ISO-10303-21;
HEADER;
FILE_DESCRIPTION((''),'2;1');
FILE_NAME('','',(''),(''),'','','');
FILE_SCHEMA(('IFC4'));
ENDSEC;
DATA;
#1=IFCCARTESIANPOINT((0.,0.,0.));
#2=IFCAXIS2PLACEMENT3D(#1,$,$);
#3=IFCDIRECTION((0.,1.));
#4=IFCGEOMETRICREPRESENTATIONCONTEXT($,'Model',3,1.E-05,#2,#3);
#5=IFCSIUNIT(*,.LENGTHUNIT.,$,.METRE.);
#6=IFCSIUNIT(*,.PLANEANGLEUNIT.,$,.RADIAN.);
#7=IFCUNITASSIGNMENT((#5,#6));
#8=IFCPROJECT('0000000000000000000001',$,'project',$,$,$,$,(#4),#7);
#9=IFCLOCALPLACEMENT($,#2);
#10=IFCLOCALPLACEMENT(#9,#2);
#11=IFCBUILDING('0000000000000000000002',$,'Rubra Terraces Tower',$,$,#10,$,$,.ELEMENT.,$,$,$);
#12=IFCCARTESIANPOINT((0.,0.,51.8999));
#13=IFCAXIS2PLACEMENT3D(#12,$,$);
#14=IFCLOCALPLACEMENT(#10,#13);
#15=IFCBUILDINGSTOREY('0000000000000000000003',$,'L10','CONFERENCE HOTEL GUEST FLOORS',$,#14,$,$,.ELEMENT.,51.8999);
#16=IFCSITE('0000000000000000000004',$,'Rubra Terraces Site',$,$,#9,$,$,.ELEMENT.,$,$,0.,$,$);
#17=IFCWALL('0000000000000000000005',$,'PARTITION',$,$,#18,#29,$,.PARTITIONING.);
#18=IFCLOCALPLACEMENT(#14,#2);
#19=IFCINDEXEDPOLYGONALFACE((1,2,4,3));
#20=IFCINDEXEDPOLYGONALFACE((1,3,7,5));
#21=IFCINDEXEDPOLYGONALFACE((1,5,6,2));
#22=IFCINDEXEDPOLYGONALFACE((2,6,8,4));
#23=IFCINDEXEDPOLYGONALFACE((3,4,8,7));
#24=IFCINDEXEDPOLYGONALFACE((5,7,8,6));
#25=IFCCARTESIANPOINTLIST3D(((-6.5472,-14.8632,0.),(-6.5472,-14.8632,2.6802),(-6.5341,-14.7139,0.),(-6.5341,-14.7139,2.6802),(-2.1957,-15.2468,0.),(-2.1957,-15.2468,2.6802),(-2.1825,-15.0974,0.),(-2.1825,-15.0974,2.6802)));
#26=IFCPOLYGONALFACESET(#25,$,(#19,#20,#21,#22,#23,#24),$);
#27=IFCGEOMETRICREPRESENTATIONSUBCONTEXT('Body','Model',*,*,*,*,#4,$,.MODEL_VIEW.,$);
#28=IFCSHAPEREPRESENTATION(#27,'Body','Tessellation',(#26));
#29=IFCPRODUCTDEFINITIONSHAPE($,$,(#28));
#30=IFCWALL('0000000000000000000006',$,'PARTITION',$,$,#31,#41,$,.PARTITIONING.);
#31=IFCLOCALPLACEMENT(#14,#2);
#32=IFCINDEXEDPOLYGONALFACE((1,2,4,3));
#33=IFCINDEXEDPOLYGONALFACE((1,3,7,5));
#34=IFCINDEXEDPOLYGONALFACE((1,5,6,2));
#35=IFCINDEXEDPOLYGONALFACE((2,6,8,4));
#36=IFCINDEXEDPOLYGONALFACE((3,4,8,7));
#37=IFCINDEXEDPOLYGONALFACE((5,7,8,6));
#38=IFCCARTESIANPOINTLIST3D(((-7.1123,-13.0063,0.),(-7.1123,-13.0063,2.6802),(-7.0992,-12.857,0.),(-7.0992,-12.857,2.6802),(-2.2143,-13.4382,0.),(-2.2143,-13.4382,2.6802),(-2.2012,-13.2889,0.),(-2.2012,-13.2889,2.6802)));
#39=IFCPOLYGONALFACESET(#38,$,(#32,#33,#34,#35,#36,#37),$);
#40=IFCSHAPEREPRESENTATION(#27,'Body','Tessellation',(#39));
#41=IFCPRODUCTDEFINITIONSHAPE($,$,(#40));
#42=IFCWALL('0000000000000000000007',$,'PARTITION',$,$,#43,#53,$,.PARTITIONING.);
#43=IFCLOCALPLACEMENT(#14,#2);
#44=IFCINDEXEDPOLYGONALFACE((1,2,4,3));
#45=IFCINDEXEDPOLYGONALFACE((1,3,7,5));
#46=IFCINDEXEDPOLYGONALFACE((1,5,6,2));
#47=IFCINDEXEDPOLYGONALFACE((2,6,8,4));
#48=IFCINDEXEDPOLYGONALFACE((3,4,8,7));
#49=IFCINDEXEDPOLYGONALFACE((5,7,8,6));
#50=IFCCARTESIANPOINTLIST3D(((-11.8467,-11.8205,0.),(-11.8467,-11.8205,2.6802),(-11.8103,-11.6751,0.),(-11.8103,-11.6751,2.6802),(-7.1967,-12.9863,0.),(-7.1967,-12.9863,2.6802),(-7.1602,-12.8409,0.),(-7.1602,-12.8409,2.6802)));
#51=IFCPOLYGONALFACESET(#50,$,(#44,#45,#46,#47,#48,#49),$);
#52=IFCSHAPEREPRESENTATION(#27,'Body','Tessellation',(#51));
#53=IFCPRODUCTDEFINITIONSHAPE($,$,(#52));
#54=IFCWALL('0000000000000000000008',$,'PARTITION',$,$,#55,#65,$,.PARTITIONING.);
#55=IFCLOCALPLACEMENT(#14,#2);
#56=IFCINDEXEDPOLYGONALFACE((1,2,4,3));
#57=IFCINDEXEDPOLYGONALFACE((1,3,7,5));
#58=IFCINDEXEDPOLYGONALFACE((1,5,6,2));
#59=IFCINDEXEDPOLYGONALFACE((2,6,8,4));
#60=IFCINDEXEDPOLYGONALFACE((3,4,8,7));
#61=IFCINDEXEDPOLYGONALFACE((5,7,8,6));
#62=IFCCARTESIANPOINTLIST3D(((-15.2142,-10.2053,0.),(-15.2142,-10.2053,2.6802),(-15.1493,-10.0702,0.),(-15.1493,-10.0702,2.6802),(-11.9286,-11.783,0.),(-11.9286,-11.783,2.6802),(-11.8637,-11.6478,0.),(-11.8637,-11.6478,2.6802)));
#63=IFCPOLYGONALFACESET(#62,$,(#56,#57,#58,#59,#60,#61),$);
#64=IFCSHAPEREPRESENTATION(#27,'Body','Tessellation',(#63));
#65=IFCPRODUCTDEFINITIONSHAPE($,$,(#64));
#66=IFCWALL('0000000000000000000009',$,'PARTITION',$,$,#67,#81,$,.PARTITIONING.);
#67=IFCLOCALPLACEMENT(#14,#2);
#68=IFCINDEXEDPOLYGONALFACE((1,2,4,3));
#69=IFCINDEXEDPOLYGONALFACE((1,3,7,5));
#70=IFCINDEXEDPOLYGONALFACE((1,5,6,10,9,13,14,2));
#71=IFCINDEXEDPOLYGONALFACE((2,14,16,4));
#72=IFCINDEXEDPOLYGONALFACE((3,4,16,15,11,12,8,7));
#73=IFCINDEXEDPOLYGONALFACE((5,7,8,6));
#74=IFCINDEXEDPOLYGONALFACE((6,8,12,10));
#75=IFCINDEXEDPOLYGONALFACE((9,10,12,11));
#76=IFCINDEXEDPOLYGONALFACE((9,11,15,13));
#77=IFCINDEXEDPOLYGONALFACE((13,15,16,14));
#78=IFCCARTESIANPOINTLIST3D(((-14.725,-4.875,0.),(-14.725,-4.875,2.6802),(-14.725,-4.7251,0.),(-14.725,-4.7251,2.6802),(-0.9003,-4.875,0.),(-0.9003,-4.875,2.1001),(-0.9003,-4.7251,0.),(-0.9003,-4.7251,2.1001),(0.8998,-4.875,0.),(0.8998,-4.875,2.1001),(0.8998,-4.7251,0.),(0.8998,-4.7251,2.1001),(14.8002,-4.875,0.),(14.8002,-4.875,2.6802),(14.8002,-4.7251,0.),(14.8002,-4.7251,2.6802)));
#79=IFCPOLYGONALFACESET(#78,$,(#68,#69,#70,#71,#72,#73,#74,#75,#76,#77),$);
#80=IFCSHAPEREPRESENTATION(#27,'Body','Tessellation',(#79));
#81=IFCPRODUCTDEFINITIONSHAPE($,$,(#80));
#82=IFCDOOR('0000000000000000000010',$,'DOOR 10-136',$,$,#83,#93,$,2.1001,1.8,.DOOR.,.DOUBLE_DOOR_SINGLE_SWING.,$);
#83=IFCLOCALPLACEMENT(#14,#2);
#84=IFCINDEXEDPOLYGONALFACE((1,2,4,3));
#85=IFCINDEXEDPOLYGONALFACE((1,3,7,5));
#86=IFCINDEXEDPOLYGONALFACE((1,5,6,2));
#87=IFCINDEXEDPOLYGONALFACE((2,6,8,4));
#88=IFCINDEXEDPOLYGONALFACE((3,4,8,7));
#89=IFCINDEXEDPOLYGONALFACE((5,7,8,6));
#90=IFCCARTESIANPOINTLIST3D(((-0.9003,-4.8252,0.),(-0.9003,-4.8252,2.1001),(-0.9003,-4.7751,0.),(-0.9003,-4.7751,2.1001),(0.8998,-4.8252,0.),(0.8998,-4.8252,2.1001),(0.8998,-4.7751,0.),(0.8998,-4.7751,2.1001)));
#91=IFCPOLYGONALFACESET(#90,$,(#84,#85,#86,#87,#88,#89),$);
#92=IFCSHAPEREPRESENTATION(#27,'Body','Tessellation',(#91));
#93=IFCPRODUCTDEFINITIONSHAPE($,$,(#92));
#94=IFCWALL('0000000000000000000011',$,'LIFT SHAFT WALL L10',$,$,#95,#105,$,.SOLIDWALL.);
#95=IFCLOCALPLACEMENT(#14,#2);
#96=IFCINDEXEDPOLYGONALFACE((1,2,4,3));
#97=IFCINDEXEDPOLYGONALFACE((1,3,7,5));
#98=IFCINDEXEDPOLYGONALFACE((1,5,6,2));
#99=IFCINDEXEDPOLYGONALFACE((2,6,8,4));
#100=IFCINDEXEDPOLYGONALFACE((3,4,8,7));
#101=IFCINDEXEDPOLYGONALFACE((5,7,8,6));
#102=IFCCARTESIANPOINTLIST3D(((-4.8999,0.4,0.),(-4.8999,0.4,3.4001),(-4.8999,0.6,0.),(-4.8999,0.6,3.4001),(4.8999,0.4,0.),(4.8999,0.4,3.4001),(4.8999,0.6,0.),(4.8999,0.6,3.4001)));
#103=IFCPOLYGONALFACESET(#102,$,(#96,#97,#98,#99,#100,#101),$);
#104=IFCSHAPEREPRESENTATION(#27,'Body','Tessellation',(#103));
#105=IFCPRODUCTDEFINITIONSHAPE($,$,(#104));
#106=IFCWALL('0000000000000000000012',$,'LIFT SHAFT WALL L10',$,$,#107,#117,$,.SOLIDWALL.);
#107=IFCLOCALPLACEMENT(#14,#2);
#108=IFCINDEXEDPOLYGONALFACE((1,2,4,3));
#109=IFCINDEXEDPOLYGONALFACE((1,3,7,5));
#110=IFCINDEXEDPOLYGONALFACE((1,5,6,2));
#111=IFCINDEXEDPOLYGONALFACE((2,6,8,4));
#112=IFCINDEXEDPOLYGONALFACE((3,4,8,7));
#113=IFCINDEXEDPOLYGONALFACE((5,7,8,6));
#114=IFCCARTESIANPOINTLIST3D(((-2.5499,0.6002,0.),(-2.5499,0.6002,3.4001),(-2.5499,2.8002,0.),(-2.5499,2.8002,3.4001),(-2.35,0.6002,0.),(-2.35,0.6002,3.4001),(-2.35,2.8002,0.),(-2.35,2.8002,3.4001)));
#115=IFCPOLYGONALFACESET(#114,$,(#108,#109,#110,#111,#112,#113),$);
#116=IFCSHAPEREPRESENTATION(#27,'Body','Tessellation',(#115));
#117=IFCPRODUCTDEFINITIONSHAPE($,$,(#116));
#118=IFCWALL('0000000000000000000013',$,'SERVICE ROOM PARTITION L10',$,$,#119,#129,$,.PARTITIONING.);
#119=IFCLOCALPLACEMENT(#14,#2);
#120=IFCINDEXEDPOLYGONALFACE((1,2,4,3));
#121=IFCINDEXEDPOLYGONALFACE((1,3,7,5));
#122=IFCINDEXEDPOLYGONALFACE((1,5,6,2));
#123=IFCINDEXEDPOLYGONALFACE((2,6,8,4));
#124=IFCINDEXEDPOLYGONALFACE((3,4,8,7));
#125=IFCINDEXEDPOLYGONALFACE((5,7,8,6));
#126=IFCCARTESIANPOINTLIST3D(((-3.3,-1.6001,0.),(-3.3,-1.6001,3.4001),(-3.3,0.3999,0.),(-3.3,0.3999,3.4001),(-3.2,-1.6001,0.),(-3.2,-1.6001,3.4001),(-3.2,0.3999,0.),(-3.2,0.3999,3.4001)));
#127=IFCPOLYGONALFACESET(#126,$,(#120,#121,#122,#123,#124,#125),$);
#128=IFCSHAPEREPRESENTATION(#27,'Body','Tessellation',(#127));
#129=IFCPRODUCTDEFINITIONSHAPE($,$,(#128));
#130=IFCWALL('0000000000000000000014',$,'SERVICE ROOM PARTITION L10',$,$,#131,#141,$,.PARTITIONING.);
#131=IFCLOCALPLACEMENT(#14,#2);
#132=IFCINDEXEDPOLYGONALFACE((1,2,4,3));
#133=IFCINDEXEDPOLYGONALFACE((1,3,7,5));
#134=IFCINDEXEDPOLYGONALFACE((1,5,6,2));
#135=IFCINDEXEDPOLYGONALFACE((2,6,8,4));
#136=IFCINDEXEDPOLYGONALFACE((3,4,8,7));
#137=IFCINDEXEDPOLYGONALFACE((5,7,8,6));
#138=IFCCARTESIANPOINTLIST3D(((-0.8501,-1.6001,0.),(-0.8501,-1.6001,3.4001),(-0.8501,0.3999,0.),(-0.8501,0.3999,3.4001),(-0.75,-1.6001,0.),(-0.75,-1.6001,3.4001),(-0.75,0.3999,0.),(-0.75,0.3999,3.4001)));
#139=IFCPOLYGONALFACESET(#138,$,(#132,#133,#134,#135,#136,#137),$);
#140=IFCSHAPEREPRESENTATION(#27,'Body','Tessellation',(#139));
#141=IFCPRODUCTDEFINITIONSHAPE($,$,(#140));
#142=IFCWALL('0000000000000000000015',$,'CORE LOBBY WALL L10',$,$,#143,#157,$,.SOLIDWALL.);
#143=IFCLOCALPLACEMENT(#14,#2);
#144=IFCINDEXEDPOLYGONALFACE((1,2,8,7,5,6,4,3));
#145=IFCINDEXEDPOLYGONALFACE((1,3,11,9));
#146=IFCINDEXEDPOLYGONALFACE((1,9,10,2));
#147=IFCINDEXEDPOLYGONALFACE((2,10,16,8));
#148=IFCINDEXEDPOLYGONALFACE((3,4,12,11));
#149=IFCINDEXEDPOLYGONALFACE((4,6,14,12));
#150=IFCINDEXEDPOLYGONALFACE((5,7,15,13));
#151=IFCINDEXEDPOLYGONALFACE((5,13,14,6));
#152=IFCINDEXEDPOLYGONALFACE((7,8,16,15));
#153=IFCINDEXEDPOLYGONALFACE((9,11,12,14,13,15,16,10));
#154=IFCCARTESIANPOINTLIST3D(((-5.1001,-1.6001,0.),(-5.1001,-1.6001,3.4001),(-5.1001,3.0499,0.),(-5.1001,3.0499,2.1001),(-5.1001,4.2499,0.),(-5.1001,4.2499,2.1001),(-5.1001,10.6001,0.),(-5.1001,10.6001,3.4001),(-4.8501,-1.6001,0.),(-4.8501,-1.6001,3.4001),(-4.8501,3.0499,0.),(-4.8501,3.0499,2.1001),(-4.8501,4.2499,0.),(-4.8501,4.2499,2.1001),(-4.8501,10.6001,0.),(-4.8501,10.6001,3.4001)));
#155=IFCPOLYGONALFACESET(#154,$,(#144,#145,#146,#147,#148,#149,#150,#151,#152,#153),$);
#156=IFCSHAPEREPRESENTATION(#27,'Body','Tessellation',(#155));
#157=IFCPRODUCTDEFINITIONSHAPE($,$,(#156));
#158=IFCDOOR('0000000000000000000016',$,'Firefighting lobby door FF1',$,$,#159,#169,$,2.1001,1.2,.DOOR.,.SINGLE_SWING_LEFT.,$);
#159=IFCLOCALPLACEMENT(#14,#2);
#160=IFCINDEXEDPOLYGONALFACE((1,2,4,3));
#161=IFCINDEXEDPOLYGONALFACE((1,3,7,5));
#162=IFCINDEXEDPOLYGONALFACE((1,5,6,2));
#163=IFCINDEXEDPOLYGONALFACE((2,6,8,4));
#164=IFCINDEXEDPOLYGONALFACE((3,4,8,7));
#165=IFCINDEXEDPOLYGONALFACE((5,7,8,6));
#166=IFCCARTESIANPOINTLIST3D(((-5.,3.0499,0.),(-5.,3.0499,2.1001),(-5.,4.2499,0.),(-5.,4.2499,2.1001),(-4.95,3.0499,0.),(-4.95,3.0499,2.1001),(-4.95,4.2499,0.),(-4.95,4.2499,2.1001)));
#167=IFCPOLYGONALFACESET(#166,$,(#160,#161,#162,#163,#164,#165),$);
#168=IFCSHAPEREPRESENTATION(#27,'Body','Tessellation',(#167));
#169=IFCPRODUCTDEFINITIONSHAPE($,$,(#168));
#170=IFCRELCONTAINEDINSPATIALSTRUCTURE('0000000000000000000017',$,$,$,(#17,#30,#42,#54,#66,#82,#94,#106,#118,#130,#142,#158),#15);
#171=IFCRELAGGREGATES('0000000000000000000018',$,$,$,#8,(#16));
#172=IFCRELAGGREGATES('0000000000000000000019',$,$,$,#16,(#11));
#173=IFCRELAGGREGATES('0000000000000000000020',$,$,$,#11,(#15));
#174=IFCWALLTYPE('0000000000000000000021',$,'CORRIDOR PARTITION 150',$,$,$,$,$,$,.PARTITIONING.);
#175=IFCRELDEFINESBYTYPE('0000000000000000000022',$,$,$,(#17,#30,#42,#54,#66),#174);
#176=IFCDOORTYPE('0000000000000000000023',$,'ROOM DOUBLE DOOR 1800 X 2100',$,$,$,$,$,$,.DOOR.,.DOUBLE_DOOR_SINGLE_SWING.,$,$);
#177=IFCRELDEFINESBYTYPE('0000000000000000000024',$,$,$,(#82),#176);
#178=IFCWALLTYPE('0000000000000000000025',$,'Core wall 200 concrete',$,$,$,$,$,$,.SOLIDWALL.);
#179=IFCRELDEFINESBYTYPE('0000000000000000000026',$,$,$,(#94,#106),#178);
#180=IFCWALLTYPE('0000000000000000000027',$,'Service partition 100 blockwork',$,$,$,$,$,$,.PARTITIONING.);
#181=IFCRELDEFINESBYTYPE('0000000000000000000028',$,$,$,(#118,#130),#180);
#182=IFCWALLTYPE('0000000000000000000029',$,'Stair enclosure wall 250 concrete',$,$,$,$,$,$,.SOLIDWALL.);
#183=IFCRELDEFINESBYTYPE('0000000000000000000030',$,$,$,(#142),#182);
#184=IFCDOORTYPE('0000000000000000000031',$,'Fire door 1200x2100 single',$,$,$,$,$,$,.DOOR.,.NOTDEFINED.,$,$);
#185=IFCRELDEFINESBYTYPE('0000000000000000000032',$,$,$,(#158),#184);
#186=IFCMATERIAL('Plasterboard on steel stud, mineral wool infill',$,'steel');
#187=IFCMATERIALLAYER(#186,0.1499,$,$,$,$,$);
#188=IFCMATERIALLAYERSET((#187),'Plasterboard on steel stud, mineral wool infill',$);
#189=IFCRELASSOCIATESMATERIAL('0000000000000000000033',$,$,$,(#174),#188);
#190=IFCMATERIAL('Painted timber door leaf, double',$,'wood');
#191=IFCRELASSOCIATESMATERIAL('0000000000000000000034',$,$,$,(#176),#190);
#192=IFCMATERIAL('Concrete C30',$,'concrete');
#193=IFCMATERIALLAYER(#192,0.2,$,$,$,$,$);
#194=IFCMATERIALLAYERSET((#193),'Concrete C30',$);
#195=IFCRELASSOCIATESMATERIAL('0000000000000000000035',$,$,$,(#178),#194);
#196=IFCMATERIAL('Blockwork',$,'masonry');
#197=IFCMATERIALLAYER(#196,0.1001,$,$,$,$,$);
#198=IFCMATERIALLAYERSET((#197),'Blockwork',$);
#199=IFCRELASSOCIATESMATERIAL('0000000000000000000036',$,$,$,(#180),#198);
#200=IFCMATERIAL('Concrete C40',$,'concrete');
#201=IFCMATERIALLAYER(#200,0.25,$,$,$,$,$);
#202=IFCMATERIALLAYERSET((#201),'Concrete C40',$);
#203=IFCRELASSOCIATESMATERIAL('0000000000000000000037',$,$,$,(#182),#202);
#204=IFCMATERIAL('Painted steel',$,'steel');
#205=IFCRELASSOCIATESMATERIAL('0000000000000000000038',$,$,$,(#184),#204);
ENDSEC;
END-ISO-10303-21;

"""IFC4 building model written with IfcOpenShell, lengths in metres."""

from ifc_helpers import new_model, si_unit, direction, frame, frame_2d, origin, place, context, subcontext, project, spatial, rectangle, extrude, material, layer, layer_set, type_object, element, fill, save


model = new_model("IFC4")

# Units and contexts
model_context = context("Model", 3, precision=1e-05, world=origin(), true_north=direction((0.0, 1.0)))
body_context = subcontext(model_context, "Body", "Model", "MODEL_VIEW")
ifc_project = project(units=[si_unit("LENGTHUNIT", "METRE"), si_unit("PLANEANGLEUNIT", "RADIAN")], contexts=[model_context])

# Site, building, storey
site_placement = place(None, origin())
site = spatial("IfcSite", under=ifc_project, at=site_placement, Name="Rubra Terraces Site", CompositionType="ELEMENT", RefElevation=0.0)
building_placement = place(site_placement, origin())
building = spatial("IfcBuilding", under=site, at=building_placement, Name="Rubra Terraces Tower", CompositionType="ELEMENT")
storey_placement = place(building_placement, frame((0.0, 0.0, 51.8999)))
storey = spatial("IfcBuildingStorey", under=building, at=storey_placement, Name="L10", Description="CONFERENCE HOTEL GUEST FLOORS", CompositionType="ELEMENT", Elevation=51.8999)

# Shared definitions
ifc_material_1 = material(Name="Concrete C40", Category="concrete")

# Shared definitions
ifc_material_2 = material(Name="Painted steel", Category="steel")

# Shared definitions
ifc_material_3 = material(Name="Plasterboard on steel stud, mineral wool infill", Category="steel")
ifc_layer_1 = layer(ifc_material_3, 0.1499)
ifc_layer_set_1 = layer_set([ifc_layer_1], Name="Plasterboard on steel stud, mineral wool infill")
wall_type_1 = type_object("IfcWallType", Name="CORRIDOR PARTITION 150", PredefinedType="PARTITIONING", material=ifc_layer_set_1)

# Walls
wall_1_placement = place(storey_placement, frame((-6.5405, -14.7886, 0.0), z_axis=(0.0, 0.0, 1.0), x_axis=(0.996138, -0.087799, 0.0)))
element("IfcWall", 1, at=wall_1_placement, inside=storey, type_object=wall_type_1, Name="PARTITION", PredefinedType="PARTITIONING", context=body_context, shape_type="SweptSolid", body=[
    extrude(rectangle(XDim=4.3684, YDim=0.1499, at=frame_2d((2.1841, 0.0))), origin(), (0.0, 0.0, 1.0), 2.6802),
])
wall_2_placement = place(storey_placement, frame((-2.2078, -13.3635, 0.0), z_axis=(0.0, 0.0, 1.0), x_axis=(-0.996135, 0.087836, 0.0)))
element("IfcWall", 2, at=wall_2_placement, inside=storey, type_object=wall_type_1, Name="PARTITION", PredefinedType="PARTITIONING", context=body_context, shape_type="SweptSolid", body=[
    extrude(rectangle(XDim=4.917, YDim=0.1499, at=frame_2d((2.4585, 0.0))), origin(), (0.0, 0.0, 1.0), 2.6802),
])
wall_3_placement = place(storey_placement, frame((-7.1785, -12.9136, 0.0), z_axis=(0.0, 0.0, 1.0), x_axis=(-0.969984, 0.243171, 0.0)))
element("IfcWall", 3, at=wall_3_placement, inside=storey, type_object=wall_type_1, Name="PARTITION", PredefinedType="PARTITIONING", context=body_context, shape_type="SweptSolid", body=[
    extrude(rectangle(XDim=4.7939, YDim=0.1499, at=frame_2d((2.397, 0.0))), origin(), (0.0, 0.0, 1.0), 2.6802),
])
wall_4_placement = place(storey_placement, frame((-11.8962, -11.7153, 0.0), z_axis=(0.0, 0.0, 1.0), x_axis=(-0.901467, 0.432849, 0.0)))
element("IfcWall", 4, at=wall_4_placement, inside=storey, type_object=wall_type_1, Name="PARTITION", PredefinedType="PARTITIONING", context=body_context, shape_type="SweptSolid", body=[
    extrude(rectangle(XDim=3.6448, YDim=0.1499, at=frame_2d((1.8223, 0.0))), origin(), (0.0, 0.0, 1.0), 2.6802),
])

# Wall, opening, door
wall_5_placement = place(storey_placement, frame((-14.7251, -4.8, 0.0), z_axis=(0.0, 0.0, 1.0), x_axis=(1.0, 0.0, 0.0)))
wall_5 = element("IfcWall", 5, at=wall_5_placement, inside=storey, type_object=wall_type_1, Name="PARTITION", PredefinedType="PARTITIONING", context=body_context, shape_type="SweptSolid", body=[
    extrude(rectangle(XDim=29.5251, YDim=0.1499, at=frame_2d((14.7627, 0.0))), origin(), (0.0, 0.0, 1.0), 2.6802),
])
opening_1_placement = place(wall_5_placement, frame((13.825, 0.0, 0.0)))
opening_1 = element("IfcOpeningElement", 6, at=opening_1_placement, cuts=wall_5, PredefinedType="OPENING", context=body_context, shape_type="SweptSolid", body=[
    extrude(rectangle(XDim=1.8, YDim=2.1001, at=frame_2d((0.8999, 1.05))), frame((0.0, 0.085, 0.0), z_axis=(0.0, -1.0, 0.0), x_axis=(1.0, 0.0, 0.0)), (0.0, 0.0, 1.0), 0.1699),
])
ifc_material_4 = material(Name="Painted timber door leaf, double", Category="wood")
door_type_1 = type_object("IfcDoorType", Name="ROOM DOUBLE DOOR 1800 X 2100", OperationType="DOUBLE_DOOR_SINGLE_SWING", PredefinedType="DOOR", material=ifc_material_4)
door_1_placement = place(opening_1_placement, origin())
door_1 = element("IfcDoor", 7, at=door_1_placement, inside=storey, type_object=door_type_1, Name="DOOR 10-136", OperationType="DOUBLE_DOOR_SINGLE_SWING", OverallHeight=2.1001, OverallWidth=1.8, PredefinedType="DOOR", context=body_context, shape_type="SweptSolid", body=[
    extrude(rectangle(XDim=1.8, YDim=2.1001, at=frame_2d((0.8999, 1.05))), frame((0.0, 0.0249, 0.0), z_axis=(0.0, -1.0, 0.0), x_axis=(1.0, 0.0, 0.0)), (0.0, 0.0, 1.0), 0.05),
])
fill(opening_1, door_1)

# Walls
ifc_material_5 = material(Name="Concrete C30", Category="concrete")
ifc_layer_2 = layer(ifc_material_5, 0.2)
ifc_layer_set_2 = layer_set([ifc_layer_2], Name="Concrete C30")
wall_type_2 = type_object("IfcWallType", Name="Core wall 200 concrete", PredefinedType="SOLIDWALL", material=ifc_layer_set_2)
wall_6_placement = place(storey_placement, frame((-4.8999, 0.5, 0.0), z_axis=(0.0, 0.0, 1.0), x_axis=(1.0, 0.0, 0.0)))
element("IfcWall", 8, at=wall_6_placement, inside=storey, type_object=wall_type_2, Name="LIFT SHAFT WALL L10", PredefinedType="SOLIDWALL", context=body_context, shape_type="SweptSolid", body=[
    extrude(rectangle(XDim=9.7998, YDim=0.2, at=frame_2d((4.8999, 0.0))), origin(), (0.0, 0.0, 1.0), 3.4001),
])
wall_7_placement = place(storey_placement, frame((-2.45, 0.6001, 0.0), z_axis=(0.0, 0.0, 1.0), x_axis=(0.0, 1.0, 0.0)))
element("IfcWall", 9, at=wall_7_placement, inside=storey, type_object=wall_type_2, Name="LIFT SHAFT WALL L10", PredefinedType="SOLIDWALL", context=body_context, shape_type="SweptSolid", body=[
    extrude(rectangle(XDim=2.2, YDim=0.2, at=frame_2d((1.1001, 0.0))), origin(), (0.0, 0.0, 1.0), 3.4001),
])
ifc_material_6 = material(Name="Blockwork", Category="masonry")
ifc_layer_3 = layer(ifc_material_6, 0.1001)
ifc_layer_set_3 = layer_set([ifc_layer_3], Name="Blockwork")
wall_type_3 = type_object("IfcWallType", Name="Service partition 100 blockwork", PredefinedType="PARTITIONING", material=ifc_layer_set_3)
for number, where, z_axis, x_axis, name in (
    (10, (-3.25, -1.6001, 0.0), (0.0, 0.0, 1.0), (0.0, 1.0, 0.0), "SERVICE ROOM PARTITION L10"),
    (11, (-0.8, -1.6001, 0.0), (0.0, 0.0, 1.0), (0.0, 1.0, 0.0), "SERVICE ROOM PARTITION L10"),
):
    element("IfcWall", number, at=place(storey_placement, frame(where, z_axis=z_axis, x_axis=x_axis)), inside=storey, type_object=wall_type_3, Name=name, PredefinedType="PARTITIONING", context=body_context, shape_type="SweptSolid", body=[
        extrude(rectangle(XDim=2.0, YDim=0.1001, at=frame_2d((1.0, 0.0))), origin(), (0.0, 0.0, 1.0), 3.4001),
    ])

# Wall, opening, door
ifc_layer_4 = layer(ifc_material_1, 0.25)
ifc_layer_set_4 = layer_set([ifc_layer_4], Name="Concrete C40")
wall_type_4 = type_object("IfcWallType", Name="Stair enclosure wall 250 concrete", PredefinedType="SOLIDWALL", material=ifc_layer_set_4)
wall_8_placement = place(storey_placement, frame((-4.9751, -1.6001, 0.0), z_axis=(0.0, 0.0, 1.0), x_axis=(0.0, 1.0, 0.0)))
wall_8 = element("IfcWall", 12, at=wall_8_placement, inside=storey, type_object=wall_type_4, Name="CORE LOBBY WALL L10", PredefinedType="SOLIDWALL", context=body_context, shape_type="SweptSolid", body=[
    extrude(rectangle(XDim=12.2002, YDim=0.25, at=frame_2d((6.1001, 0.0))), origin(), (0.0, 0.0, 1.0), 3.4001),
])
opening_2_placement = place(wall_8_placement, frame((4.6499, 0.0, 0.0)))
opening_2 = element("IfcOpeningElement", 13, at=opening_2_placement, cuts=wall_8, PredefinedType="OPENING", context=body_context, shape_type="SweptSolid", body=[
    extrude(rectangle(XDim=1.2, YDim=2.1001, at=frame_2d((0.6001, 1.05))), frame((0.0, 0.135, 0.0), z_axis=(0.0, -1.0, 0.0), x_axis=(1.0, 0.0, 0.0)), (0.0, 0.0, 1.0), 0.27),
])
door_type_2 = type_object("IfcDoorType", Name="Fire door 1200x2100 single", OperationType="NOTDEFINED", PredefinedType="DOOR", material=ifc_material_2)
door_2_placement = place(opening_2_placement, origin())
door_2 = element("IfcDoor", 14, at=door_2_placement, inside=storey, type_object=door_type_2, Name="Firefighting lobby door FF1", OperationType="SINGLE_SWING_LEFT", OverallHeight=2.1001, OverallWidth=1.2, PredefinedType="DOOR", context=body_context, shape_type="SweptSolid", body=[
    extrude(rectangle(XDim=1.2, YDim=2.1001, at=frame_2d((0.6001, 1.05))), frame((0.0, 0.0249, 0.0), z_axis=(0.0, -1.0, 0.0), x_axis=(1.0, 0.0, 0.0)), (0.0, 0.0, 1.0), 0.05),
])
fill(opening_2, door_2)

save(model, "model.ifc")
